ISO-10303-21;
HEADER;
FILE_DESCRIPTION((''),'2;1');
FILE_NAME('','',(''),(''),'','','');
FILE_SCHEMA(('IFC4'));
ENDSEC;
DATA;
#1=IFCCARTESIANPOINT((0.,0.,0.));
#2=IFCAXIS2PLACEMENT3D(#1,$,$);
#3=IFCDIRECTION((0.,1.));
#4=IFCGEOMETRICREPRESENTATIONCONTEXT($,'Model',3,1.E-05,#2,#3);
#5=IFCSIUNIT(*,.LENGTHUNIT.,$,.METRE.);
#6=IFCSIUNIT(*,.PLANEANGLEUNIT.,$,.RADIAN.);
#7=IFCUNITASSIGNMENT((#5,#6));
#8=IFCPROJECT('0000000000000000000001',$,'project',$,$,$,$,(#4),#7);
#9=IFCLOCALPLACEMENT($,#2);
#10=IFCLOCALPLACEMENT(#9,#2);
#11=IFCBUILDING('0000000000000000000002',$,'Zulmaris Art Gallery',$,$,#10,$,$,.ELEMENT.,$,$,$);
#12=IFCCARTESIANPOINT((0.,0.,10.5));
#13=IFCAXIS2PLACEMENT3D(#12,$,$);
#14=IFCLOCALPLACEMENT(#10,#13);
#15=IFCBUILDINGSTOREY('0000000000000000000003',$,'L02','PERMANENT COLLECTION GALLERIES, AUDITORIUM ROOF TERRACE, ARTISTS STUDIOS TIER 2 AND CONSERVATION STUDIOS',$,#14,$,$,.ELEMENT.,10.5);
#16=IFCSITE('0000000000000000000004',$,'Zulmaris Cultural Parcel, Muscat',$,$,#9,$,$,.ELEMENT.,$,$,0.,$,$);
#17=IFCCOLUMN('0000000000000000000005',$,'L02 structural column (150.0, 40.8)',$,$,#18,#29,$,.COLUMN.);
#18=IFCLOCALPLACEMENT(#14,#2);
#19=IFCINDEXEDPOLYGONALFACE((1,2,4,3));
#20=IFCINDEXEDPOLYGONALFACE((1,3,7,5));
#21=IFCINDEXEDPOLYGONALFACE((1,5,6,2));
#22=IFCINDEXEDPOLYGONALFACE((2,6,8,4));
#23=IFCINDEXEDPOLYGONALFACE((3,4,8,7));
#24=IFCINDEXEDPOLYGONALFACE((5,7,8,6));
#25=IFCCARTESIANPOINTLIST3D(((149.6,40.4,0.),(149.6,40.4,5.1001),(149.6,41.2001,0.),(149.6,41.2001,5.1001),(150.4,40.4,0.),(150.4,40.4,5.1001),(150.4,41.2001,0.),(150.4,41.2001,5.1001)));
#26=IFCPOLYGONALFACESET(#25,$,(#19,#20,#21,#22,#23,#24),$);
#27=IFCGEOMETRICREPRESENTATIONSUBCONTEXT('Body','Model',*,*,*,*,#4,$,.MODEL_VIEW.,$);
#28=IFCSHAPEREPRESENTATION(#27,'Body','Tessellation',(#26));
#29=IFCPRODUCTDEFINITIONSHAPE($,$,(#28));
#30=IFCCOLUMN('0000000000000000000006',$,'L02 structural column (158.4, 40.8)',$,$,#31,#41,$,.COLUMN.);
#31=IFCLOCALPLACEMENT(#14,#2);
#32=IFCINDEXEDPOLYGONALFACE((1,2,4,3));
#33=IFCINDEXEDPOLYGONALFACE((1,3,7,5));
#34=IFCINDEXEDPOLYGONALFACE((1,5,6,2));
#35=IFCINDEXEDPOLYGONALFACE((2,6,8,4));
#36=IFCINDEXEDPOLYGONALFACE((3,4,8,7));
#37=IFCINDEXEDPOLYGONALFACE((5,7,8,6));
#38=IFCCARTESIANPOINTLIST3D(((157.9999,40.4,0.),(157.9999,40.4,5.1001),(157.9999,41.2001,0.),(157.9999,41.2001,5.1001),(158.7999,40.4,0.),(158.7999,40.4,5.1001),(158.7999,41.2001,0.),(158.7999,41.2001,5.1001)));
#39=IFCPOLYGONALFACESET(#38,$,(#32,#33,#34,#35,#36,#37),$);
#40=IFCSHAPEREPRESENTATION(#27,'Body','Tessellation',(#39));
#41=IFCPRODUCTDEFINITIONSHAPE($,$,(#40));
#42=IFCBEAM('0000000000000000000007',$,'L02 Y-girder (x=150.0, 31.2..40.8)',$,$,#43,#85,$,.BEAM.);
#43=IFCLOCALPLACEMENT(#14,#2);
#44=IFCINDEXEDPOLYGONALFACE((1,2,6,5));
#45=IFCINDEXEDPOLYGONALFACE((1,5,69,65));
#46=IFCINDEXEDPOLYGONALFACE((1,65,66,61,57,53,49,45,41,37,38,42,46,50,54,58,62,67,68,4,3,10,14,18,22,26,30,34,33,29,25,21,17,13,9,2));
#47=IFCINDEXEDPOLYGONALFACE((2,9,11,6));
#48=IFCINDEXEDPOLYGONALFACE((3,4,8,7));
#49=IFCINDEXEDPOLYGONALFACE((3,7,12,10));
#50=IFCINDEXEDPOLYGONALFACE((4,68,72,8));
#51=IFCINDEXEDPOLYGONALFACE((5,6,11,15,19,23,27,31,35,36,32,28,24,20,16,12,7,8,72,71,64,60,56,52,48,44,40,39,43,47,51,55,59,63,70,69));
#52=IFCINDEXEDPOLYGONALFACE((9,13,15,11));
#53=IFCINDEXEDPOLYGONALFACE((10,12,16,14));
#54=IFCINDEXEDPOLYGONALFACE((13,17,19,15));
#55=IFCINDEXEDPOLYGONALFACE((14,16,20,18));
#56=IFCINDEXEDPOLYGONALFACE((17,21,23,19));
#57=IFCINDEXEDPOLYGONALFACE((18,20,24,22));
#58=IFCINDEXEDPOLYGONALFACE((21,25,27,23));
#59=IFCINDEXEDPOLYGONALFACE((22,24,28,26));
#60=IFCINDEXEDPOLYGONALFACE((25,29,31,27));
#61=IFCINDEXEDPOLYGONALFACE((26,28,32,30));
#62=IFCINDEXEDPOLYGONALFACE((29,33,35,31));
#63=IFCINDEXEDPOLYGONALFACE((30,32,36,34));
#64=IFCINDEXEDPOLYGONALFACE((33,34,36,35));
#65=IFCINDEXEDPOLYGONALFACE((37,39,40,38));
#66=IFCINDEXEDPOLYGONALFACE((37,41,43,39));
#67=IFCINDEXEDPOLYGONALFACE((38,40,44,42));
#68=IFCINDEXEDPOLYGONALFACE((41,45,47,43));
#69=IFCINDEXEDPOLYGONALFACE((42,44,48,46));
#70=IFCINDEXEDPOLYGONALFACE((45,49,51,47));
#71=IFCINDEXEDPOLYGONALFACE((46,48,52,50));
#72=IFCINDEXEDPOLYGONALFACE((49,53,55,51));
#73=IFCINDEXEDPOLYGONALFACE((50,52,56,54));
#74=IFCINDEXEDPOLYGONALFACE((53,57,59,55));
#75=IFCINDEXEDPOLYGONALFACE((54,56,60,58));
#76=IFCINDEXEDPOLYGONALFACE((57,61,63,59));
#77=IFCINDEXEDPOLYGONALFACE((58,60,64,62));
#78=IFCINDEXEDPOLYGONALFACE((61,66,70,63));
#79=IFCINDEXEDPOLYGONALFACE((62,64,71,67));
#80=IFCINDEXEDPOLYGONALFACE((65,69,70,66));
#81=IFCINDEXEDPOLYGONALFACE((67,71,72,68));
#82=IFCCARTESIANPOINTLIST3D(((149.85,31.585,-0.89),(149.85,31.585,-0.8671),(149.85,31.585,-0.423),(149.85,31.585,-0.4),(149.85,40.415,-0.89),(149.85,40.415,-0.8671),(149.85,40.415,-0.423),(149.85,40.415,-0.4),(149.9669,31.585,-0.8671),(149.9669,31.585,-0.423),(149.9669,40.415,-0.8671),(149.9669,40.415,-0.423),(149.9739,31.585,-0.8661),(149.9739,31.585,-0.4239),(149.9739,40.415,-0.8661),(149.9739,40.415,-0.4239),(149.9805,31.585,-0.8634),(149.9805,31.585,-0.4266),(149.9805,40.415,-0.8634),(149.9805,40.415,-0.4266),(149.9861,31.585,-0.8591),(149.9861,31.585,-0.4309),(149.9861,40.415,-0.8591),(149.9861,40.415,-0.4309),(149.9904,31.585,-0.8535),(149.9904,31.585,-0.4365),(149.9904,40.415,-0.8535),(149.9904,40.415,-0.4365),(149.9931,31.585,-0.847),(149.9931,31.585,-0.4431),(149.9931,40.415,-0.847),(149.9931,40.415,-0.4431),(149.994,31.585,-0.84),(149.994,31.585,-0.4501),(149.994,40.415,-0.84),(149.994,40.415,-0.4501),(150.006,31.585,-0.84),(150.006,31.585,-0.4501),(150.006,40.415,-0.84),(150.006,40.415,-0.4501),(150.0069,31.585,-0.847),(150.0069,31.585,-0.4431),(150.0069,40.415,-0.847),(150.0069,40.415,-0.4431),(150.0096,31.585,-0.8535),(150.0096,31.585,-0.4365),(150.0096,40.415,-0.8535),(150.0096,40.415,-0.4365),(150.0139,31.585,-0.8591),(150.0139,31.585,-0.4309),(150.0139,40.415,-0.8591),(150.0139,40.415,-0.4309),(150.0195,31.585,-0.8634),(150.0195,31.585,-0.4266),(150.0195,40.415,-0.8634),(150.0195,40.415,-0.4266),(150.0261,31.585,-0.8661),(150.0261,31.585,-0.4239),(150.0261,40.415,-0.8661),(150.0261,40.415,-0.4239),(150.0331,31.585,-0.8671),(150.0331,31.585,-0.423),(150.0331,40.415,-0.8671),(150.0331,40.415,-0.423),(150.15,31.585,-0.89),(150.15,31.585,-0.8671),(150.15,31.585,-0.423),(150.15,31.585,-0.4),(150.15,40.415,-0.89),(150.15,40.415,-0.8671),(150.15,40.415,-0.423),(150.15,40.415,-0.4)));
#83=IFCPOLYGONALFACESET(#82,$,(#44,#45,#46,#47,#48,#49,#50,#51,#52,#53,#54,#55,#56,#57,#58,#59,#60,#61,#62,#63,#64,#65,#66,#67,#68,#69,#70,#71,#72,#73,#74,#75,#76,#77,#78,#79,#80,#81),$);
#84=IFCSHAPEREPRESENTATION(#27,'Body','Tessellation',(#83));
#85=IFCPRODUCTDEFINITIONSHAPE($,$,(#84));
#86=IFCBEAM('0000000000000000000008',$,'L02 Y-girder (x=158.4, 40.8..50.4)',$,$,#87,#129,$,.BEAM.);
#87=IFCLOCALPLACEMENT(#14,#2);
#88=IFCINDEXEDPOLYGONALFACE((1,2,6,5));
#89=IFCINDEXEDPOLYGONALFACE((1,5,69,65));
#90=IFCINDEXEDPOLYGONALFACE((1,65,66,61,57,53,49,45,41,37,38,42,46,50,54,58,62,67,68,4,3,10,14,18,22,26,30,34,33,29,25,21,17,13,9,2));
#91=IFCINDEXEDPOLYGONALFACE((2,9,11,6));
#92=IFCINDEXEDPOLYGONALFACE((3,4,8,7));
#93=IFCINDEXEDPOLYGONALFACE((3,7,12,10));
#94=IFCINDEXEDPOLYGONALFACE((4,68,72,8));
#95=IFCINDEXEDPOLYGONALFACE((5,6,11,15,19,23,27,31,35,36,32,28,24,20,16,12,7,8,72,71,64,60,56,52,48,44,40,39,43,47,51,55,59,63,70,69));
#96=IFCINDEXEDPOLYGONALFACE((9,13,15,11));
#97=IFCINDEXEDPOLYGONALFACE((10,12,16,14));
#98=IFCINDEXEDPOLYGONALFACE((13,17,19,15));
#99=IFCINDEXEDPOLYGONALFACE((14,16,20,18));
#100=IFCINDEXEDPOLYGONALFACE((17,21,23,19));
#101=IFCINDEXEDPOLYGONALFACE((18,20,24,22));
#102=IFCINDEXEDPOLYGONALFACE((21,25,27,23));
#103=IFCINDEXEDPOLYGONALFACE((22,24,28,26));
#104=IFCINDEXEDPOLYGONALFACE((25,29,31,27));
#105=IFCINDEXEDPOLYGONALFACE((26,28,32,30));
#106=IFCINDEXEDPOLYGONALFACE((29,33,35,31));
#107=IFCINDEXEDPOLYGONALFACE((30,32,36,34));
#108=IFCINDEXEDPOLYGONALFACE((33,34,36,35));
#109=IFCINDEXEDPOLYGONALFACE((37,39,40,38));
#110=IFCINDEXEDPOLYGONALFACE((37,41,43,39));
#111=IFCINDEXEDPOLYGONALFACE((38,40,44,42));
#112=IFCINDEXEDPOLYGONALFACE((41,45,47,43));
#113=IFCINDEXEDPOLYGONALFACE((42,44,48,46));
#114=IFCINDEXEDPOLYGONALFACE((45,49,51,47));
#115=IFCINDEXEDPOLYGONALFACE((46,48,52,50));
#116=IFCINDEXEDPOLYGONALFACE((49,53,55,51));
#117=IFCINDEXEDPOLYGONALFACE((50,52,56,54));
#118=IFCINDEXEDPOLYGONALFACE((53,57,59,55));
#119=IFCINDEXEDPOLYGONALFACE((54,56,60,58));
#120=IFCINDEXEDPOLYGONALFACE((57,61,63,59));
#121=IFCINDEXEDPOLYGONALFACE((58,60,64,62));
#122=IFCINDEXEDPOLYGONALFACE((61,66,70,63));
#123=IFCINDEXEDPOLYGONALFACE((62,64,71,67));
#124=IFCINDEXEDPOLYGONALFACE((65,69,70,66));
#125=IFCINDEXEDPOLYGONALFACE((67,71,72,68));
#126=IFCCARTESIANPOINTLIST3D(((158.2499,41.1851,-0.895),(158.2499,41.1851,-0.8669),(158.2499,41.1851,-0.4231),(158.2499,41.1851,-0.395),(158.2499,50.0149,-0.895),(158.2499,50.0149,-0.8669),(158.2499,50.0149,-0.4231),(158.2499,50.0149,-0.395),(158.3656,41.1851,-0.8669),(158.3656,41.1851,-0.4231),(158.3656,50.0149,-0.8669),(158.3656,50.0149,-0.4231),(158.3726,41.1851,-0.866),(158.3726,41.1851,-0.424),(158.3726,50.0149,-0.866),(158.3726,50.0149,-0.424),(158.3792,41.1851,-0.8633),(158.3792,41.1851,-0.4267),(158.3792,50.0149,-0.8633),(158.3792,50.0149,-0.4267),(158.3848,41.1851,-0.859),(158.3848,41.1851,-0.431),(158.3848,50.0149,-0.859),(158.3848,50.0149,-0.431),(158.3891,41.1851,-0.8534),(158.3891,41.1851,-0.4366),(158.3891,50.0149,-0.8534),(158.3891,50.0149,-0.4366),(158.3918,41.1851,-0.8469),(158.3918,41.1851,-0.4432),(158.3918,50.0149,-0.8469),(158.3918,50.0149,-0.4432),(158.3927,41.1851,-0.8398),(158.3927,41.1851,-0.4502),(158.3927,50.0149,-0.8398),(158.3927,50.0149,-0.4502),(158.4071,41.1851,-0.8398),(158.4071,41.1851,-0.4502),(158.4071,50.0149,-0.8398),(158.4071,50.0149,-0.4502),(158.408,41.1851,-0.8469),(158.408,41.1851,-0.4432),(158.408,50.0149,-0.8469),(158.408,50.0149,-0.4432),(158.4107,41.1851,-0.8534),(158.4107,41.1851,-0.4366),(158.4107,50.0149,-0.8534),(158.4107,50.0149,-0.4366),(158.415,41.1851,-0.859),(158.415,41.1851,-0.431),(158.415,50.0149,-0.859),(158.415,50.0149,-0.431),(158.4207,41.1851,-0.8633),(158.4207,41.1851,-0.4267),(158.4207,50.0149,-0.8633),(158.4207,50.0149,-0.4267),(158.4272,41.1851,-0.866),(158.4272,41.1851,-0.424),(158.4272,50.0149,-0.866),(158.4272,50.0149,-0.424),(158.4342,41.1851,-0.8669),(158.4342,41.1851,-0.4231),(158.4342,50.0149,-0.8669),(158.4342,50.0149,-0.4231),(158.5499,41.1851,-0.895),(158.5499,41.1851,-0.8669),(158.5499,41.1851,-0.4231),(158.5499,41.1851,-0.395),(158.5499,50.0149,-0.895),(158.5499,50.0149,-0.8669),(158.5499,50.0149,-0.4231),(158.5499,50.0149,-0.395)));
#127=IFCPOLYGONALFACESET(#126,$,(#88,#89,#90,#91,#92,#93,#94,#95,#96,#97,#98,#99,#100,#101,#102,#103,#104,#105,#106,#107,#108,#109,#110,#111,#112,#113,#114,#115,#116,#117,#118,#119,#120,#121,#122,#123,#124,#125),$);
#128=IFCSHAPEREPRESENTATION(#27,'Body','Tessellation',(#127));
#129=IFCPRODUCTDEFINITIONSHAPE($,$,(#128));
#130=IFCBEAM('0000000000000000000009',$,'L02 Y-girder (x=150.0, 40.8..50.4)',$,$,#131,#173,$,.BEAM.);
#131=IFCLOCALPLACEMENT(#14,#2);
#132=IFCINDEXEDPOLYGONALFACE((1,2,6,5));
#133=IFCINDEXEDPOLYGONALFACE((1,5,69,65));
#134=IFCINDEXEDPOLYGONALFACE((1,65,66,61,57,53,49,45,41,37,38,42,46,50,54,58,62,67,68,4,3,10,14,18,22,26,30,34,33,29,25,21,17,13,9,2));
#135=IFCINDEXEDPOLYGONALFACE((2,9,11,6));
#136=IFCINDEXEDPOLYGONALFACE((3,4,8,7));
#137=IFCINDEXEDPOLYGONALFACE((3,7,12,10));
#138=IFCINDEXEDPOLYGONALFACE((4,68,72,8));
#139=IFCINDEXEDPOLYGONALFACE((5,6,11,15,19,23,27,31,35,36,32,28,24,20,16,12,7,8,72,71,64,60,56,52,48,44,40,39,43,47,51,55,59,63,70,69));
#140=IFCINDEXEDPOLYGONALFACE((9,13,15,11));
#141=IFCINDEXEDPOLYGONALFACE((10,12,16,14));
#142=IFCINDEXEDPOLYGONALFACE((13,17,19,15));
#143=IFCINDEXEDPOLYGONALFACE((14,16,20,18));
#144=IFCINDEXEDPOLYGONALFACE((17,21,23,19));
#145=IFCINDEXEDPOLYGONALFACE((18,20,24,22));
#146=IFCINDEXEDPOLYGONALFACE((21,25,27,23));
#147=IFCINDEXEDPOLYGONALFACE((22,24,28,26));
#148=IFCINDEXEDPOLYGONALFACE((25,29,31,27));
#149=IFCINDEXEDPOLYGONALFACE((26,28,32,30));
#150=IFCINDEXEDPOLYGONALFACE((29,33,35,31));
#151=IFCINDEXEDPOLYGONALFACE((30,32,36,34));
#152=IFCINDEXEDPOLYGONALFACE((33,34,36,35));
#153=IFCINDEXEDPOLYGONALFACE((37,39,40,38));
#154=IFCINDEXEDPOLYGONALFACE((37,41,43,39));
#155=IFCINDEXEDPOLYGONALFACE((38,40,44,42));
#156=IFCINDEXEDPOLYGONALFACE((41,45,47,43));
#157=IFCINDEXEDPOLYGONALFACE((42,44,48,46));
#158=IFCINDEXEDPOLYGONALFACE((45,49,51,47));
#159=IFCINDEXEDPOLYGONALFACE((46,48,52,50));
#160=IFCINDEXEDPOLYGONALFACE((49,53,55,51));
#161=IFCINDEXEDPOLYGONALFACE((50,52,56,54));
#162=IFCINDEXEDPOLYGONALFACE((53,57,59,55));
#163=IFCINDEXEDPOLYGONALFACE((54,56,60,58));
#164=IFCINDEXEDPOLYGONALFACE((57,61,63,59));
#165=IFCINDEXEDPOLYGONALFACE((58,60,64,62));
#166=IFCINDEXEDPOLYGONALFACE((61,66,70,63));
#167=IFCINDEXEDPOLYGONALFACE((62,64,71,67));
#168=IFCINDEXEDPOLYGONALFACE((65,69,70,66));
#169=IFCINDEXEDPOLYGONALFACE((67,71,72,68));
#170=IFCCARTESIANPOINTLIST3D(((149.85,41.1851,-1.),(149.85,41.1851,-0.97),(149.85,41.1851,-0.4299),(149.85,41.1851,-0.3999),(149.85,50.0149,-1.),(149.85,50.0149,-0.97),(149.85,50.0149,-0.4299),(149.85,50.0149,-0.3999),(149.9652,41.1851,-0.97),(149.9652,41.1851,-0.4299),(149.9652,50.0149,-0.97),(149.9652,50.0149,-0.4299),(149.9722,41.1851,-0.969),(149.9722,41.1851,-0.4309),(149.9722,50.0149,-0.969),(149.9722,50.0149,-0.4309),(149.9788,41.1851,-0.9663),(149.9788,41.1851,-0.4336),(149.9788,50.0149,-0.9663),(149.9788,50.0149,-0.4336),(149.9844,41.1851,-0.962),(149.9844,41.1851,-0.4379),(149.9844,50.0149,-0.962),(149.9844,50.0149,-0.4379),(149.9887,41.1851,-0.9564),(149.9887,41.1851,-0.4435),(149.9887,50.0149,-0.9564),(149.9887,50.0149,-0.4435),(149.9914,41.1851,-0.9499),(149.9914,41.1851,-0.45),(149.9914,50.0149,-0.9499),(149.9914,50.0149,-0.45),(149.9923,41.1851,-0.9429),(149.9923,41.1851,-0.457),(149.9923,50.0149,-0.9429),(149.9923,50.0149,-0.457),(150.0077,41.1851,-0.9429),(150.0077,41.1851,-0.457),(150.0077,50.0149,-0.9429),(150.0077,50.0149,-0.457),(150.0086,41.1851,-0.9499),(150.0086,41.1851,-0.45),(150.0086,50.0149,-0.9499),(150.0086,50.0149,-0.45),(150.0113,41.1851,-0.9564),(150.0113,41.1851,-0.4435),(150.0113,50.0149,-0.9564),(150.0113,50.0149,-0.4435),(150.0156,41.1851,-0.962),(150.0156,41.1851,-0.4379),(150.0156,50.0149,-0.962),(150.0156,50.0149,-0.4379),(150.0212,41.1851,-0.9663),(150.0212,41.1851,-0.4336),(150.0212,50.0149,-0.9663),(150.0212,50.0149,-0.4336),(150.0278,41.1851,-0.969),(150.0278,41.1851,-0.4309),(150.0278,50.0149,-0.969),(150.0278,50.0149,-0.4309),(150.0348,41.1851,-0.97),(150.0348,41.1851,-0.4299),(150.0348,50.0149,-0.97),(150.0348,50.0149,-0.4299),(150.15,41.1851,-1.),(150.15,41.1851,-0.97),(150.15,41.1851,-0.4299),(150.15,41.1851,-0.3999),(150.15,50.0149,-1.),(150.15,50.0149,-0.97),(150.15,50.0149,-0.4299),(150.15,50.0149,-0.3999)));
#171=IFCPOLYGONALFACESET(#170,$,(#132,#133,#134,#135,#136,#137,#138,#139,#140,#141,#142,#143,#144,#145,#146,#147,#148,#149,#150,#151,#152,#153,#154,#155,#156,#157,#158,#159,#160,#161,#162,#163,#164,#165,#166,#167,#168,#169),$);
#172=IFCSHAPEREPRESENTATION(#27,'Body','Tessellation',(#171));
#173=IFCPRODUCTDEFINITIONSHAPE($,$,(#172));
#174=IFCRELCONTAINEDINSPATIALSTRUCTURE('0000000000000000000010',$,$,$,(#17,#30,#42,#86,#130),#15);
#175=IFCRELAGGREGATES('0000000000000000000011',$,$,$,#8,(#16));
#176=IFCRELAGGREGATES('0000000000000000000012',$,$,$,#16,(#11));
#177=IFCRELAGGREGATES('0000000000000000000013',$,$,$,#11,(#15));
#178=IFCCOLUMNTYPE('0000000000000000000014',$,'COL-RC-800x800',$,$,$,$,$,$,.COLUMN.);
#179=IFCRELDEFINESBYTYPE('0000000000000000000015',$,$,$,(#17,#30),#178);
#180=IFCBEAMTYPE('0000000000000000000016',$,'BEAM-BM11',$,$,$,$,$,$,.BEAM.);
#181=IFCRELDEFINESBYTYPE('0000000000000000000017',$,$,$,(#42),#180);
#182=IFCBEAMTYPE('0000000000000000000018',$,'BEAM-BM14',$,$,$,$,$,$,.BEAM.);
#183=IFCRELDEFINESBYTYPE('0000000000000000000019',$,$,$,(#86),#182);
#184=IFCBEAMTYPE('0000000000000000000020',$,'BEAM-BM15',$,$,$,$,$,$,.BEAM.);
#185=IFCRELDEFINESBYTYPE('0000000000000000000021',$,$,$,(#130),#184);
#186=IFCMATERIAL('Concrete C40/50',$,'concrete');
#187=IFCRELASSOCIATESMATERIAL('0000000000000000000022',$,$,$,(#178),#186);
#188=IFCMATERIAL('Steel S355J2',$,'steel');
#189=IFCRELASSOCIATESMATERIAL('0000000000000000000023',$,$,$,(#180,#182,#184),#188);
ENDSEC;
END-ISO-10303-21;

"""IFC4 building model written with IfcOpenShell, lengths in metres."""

from ifc_helpers import new_model, si_unit, direction, frame, origin, origin_2d, place, context, subcontext, project, spatial, rectangle, i_section, extrude, material, material_profile, profile_set, type_object, element, save


model = new_model("IFC4")

# Units and contexts
model_context = context("Model", 3, precision=1e-05, world=origin(), true_north=direction((0.0, 1.0)))
body_context = subcontext(model_context, "Body", "Model", "MODEL_VIEW")
ifc_project = project(units=[si_unit("LENGTHUNIT", "METRE"), si_unit("PLANEANGLEUNIT", "RADIAN")], contexts=[model_context])

# Site, building, storey
site_placement = place(None, origin())
site = spatial("IfcSite", under=ifc_project, at=site_placement, Name="Zulmaris Cultural Parcel, Muscat", CompositionType="ELEMENT", RefElevation=0.0)
building_placement = place(site_placement, origin())
building = spatial("IfcBuilding", under=site, at=building_placement, Name="Zulmaris Art Gallery", CompositionType="ELEMENT")
storey_placement = place(building_placement, frame((0.0, 0.0, 10.5)))
storey = spatial("IfcBuildingStorey", under=building, at=storey_placement, Name="L02", Description="PERMANENT COLLECTION GALLERIES, AUDITORIUM ROOF TERRACE, ARTISTS STUDIOS TIER 2 AND CONSERVATION STUDIOS", CompositionType="ELEMENT", Elevation=10.5)

# Columns
ifc_material_1 = material(Name="Concrete C40/50", Category="concrete")
ifc_material_profile_1 = material_profile(ifc_material_1, rectangle(XDim=0.8, YDim=0.8, at=origin_2d()), Name="RC 800x800")
ifc_profile_set_1 = profile_set([ifc_material_profile_1], Name="Concrete C40/50")
column_type = type_object("IfcColumnType", Name="COL-RC-800x800", PredefinedType="COLUMN", material=ifc_profile_set_1)
for number, where, z_axis, x_axis, name in (
    (1, (150.0, 40.8, 0.0), (0.0, 0.0, 1.0), (1.0, 0.0, 0.0), "L02 structural column (150.0, 40.8)"),
    (2, (158.3999, 40.8, 0.0), (0.0, 0.0, 1.0), (1.0, 0.0, 0.0), "L02 structural column (158.4, 40.8)"),
):
    element("IfcColumn", number, at=place(storey_placement, frame(where, z_axis=z_axis, x_axis=x_axis)), inside=storey, type_object=column_type, Name=name, PredefinedType="COLUMN", context=body_context, shape_type="SweptSolid", body=[
        extrude(rectangle(XDim=0.8, YDim=0.8, at=origin_2d()), origin(), (0.0, 0.0, 1.0), 5.1001),
    ])

# Beams
ifc_material_2 = material(Name="Steel S355J2", Category="steel")
ifc_material_profile_2 = material_profile(ifc_material_2, i_section(OverallWidth=0.3, OverallDepth=0.49, WebThickness=0.012, FlangeThickness=0.0229, FilletRadius=0.0271, at=origin_2d()), Name="HEA 500")
ifc_profile_set_2 = profile_set([ifc_material_profile_2], Name="Steel S355J2")
beam_type_1 = type_object("IfcBeamType", Name="BEAM-BM11", PredefinedType="BEAM", material=ifc_profile_set_2)
beam_1_placement = place(storey_placement, frame((150.0, 31.585, -0.645), z_axis=(0.0, 1.0, 0.0), x_axis=(-1.0, 0.0, 0.0)))
element("IfcBeam", 3, at=beam_1_placement, inside=storey, type_object=beam_type_1, Name="L02 Y-girder (x=150.0, 31.2..40.8)", PredefinedType="BEAM", context=body_context, shape_type="SweptSolid", body=[
    extrude(i_section(OverallWidth=0.3, OverallDepth=0.49, WebThickness=0.012, FlangeThickness=0.0229, FilletRadius=0.0271, at=origin_2d()), origin(), (0.0, 0.0, 1.0), 8.8301),
])
ifc_material_profile_3 = material_profile(ifc_material_2, i_section(OverallWidth=0.3, OverallDepth=0.5, WebThickness=0.0144, FlangeThickness=0.0281, FilletRadius=0.0271, at=origin_2d()), Name="HEB 500")
ifc_profile_set_3 = profile_set([ifc_material_profile_3], Name="Steel S355J2")
beam_type_2 = type_object("IfcBeamType", Name="BEAM-BM14", PredefinedType="BEAM", material=ifc_profile_set_3)
beam_2_placement = place(storey_placement, frame((158.3999, 41.1851, -0.645), z_axis=(0.0, 1.0, 0.0), x_axis=(-1.0, 0.0, 0.0)))
element("IfcBeam", 4, at=beam_2_placement, inside=storey, type_object=beam_type_2, Name="L02 Y-girder (x=158.4, 40.8..50.4)", PredefinedType="BEAM", context=body_context, shape_type="SweptSolid", body=[
    extrude(i_section(OverallWidth=0.3, OverallDepth=0.5, WebThickness=0.0144, FlangeThickness=0.0281, FilletRadius=0.0271, at=origin_2d()), origin(), (0.0, 0.0, 1.0), 8.8298),
])
ifc_material_profile_4 = material_profile(ifc_material_2, i_section(OverallWidth=0.3, OverallDepth=0.6001, WebThickness=0.0154, FlangeThickness=0.03, FilletRadius=0.0271, at=origin_2d()), Name="HEB 600")
ifc_profile_set_4 = profile_set([ifc_material_profile_4], Name="Steel S355J2")
beam_type_3 = type_object("IfcBeamType", Name="BEAM-BM15", PredefinedType="BEAM", material=ifc_profile_set_4)
beam_3_placement = place(storey_placement, frame((150.0, 41.1851, -0.7), z_axis=(0.0, 1.0, 0.0), x_axis=(-1.0, 0.0, 0.0)))
element("IfcBeam", 5, at=beam_3_placement, inside=storey, type_object=beam_type_3, Name="L02 Y-girder (x=150.0, 40.8..50.4)", PredefinedType="BEAM", context=body_context, shape_type="SweptSolid", body=[
    extrude(i_section(OverallWidth=0.3, OverallDepth=0.6001, WebThickness=0.0154, FlangeThickness=0.03, FilletRadius=0.0271, at=origin_2d()), origin(), (0.0, 0.0, 1.0), 8.8298),
])

save(model, "model.ifc")
